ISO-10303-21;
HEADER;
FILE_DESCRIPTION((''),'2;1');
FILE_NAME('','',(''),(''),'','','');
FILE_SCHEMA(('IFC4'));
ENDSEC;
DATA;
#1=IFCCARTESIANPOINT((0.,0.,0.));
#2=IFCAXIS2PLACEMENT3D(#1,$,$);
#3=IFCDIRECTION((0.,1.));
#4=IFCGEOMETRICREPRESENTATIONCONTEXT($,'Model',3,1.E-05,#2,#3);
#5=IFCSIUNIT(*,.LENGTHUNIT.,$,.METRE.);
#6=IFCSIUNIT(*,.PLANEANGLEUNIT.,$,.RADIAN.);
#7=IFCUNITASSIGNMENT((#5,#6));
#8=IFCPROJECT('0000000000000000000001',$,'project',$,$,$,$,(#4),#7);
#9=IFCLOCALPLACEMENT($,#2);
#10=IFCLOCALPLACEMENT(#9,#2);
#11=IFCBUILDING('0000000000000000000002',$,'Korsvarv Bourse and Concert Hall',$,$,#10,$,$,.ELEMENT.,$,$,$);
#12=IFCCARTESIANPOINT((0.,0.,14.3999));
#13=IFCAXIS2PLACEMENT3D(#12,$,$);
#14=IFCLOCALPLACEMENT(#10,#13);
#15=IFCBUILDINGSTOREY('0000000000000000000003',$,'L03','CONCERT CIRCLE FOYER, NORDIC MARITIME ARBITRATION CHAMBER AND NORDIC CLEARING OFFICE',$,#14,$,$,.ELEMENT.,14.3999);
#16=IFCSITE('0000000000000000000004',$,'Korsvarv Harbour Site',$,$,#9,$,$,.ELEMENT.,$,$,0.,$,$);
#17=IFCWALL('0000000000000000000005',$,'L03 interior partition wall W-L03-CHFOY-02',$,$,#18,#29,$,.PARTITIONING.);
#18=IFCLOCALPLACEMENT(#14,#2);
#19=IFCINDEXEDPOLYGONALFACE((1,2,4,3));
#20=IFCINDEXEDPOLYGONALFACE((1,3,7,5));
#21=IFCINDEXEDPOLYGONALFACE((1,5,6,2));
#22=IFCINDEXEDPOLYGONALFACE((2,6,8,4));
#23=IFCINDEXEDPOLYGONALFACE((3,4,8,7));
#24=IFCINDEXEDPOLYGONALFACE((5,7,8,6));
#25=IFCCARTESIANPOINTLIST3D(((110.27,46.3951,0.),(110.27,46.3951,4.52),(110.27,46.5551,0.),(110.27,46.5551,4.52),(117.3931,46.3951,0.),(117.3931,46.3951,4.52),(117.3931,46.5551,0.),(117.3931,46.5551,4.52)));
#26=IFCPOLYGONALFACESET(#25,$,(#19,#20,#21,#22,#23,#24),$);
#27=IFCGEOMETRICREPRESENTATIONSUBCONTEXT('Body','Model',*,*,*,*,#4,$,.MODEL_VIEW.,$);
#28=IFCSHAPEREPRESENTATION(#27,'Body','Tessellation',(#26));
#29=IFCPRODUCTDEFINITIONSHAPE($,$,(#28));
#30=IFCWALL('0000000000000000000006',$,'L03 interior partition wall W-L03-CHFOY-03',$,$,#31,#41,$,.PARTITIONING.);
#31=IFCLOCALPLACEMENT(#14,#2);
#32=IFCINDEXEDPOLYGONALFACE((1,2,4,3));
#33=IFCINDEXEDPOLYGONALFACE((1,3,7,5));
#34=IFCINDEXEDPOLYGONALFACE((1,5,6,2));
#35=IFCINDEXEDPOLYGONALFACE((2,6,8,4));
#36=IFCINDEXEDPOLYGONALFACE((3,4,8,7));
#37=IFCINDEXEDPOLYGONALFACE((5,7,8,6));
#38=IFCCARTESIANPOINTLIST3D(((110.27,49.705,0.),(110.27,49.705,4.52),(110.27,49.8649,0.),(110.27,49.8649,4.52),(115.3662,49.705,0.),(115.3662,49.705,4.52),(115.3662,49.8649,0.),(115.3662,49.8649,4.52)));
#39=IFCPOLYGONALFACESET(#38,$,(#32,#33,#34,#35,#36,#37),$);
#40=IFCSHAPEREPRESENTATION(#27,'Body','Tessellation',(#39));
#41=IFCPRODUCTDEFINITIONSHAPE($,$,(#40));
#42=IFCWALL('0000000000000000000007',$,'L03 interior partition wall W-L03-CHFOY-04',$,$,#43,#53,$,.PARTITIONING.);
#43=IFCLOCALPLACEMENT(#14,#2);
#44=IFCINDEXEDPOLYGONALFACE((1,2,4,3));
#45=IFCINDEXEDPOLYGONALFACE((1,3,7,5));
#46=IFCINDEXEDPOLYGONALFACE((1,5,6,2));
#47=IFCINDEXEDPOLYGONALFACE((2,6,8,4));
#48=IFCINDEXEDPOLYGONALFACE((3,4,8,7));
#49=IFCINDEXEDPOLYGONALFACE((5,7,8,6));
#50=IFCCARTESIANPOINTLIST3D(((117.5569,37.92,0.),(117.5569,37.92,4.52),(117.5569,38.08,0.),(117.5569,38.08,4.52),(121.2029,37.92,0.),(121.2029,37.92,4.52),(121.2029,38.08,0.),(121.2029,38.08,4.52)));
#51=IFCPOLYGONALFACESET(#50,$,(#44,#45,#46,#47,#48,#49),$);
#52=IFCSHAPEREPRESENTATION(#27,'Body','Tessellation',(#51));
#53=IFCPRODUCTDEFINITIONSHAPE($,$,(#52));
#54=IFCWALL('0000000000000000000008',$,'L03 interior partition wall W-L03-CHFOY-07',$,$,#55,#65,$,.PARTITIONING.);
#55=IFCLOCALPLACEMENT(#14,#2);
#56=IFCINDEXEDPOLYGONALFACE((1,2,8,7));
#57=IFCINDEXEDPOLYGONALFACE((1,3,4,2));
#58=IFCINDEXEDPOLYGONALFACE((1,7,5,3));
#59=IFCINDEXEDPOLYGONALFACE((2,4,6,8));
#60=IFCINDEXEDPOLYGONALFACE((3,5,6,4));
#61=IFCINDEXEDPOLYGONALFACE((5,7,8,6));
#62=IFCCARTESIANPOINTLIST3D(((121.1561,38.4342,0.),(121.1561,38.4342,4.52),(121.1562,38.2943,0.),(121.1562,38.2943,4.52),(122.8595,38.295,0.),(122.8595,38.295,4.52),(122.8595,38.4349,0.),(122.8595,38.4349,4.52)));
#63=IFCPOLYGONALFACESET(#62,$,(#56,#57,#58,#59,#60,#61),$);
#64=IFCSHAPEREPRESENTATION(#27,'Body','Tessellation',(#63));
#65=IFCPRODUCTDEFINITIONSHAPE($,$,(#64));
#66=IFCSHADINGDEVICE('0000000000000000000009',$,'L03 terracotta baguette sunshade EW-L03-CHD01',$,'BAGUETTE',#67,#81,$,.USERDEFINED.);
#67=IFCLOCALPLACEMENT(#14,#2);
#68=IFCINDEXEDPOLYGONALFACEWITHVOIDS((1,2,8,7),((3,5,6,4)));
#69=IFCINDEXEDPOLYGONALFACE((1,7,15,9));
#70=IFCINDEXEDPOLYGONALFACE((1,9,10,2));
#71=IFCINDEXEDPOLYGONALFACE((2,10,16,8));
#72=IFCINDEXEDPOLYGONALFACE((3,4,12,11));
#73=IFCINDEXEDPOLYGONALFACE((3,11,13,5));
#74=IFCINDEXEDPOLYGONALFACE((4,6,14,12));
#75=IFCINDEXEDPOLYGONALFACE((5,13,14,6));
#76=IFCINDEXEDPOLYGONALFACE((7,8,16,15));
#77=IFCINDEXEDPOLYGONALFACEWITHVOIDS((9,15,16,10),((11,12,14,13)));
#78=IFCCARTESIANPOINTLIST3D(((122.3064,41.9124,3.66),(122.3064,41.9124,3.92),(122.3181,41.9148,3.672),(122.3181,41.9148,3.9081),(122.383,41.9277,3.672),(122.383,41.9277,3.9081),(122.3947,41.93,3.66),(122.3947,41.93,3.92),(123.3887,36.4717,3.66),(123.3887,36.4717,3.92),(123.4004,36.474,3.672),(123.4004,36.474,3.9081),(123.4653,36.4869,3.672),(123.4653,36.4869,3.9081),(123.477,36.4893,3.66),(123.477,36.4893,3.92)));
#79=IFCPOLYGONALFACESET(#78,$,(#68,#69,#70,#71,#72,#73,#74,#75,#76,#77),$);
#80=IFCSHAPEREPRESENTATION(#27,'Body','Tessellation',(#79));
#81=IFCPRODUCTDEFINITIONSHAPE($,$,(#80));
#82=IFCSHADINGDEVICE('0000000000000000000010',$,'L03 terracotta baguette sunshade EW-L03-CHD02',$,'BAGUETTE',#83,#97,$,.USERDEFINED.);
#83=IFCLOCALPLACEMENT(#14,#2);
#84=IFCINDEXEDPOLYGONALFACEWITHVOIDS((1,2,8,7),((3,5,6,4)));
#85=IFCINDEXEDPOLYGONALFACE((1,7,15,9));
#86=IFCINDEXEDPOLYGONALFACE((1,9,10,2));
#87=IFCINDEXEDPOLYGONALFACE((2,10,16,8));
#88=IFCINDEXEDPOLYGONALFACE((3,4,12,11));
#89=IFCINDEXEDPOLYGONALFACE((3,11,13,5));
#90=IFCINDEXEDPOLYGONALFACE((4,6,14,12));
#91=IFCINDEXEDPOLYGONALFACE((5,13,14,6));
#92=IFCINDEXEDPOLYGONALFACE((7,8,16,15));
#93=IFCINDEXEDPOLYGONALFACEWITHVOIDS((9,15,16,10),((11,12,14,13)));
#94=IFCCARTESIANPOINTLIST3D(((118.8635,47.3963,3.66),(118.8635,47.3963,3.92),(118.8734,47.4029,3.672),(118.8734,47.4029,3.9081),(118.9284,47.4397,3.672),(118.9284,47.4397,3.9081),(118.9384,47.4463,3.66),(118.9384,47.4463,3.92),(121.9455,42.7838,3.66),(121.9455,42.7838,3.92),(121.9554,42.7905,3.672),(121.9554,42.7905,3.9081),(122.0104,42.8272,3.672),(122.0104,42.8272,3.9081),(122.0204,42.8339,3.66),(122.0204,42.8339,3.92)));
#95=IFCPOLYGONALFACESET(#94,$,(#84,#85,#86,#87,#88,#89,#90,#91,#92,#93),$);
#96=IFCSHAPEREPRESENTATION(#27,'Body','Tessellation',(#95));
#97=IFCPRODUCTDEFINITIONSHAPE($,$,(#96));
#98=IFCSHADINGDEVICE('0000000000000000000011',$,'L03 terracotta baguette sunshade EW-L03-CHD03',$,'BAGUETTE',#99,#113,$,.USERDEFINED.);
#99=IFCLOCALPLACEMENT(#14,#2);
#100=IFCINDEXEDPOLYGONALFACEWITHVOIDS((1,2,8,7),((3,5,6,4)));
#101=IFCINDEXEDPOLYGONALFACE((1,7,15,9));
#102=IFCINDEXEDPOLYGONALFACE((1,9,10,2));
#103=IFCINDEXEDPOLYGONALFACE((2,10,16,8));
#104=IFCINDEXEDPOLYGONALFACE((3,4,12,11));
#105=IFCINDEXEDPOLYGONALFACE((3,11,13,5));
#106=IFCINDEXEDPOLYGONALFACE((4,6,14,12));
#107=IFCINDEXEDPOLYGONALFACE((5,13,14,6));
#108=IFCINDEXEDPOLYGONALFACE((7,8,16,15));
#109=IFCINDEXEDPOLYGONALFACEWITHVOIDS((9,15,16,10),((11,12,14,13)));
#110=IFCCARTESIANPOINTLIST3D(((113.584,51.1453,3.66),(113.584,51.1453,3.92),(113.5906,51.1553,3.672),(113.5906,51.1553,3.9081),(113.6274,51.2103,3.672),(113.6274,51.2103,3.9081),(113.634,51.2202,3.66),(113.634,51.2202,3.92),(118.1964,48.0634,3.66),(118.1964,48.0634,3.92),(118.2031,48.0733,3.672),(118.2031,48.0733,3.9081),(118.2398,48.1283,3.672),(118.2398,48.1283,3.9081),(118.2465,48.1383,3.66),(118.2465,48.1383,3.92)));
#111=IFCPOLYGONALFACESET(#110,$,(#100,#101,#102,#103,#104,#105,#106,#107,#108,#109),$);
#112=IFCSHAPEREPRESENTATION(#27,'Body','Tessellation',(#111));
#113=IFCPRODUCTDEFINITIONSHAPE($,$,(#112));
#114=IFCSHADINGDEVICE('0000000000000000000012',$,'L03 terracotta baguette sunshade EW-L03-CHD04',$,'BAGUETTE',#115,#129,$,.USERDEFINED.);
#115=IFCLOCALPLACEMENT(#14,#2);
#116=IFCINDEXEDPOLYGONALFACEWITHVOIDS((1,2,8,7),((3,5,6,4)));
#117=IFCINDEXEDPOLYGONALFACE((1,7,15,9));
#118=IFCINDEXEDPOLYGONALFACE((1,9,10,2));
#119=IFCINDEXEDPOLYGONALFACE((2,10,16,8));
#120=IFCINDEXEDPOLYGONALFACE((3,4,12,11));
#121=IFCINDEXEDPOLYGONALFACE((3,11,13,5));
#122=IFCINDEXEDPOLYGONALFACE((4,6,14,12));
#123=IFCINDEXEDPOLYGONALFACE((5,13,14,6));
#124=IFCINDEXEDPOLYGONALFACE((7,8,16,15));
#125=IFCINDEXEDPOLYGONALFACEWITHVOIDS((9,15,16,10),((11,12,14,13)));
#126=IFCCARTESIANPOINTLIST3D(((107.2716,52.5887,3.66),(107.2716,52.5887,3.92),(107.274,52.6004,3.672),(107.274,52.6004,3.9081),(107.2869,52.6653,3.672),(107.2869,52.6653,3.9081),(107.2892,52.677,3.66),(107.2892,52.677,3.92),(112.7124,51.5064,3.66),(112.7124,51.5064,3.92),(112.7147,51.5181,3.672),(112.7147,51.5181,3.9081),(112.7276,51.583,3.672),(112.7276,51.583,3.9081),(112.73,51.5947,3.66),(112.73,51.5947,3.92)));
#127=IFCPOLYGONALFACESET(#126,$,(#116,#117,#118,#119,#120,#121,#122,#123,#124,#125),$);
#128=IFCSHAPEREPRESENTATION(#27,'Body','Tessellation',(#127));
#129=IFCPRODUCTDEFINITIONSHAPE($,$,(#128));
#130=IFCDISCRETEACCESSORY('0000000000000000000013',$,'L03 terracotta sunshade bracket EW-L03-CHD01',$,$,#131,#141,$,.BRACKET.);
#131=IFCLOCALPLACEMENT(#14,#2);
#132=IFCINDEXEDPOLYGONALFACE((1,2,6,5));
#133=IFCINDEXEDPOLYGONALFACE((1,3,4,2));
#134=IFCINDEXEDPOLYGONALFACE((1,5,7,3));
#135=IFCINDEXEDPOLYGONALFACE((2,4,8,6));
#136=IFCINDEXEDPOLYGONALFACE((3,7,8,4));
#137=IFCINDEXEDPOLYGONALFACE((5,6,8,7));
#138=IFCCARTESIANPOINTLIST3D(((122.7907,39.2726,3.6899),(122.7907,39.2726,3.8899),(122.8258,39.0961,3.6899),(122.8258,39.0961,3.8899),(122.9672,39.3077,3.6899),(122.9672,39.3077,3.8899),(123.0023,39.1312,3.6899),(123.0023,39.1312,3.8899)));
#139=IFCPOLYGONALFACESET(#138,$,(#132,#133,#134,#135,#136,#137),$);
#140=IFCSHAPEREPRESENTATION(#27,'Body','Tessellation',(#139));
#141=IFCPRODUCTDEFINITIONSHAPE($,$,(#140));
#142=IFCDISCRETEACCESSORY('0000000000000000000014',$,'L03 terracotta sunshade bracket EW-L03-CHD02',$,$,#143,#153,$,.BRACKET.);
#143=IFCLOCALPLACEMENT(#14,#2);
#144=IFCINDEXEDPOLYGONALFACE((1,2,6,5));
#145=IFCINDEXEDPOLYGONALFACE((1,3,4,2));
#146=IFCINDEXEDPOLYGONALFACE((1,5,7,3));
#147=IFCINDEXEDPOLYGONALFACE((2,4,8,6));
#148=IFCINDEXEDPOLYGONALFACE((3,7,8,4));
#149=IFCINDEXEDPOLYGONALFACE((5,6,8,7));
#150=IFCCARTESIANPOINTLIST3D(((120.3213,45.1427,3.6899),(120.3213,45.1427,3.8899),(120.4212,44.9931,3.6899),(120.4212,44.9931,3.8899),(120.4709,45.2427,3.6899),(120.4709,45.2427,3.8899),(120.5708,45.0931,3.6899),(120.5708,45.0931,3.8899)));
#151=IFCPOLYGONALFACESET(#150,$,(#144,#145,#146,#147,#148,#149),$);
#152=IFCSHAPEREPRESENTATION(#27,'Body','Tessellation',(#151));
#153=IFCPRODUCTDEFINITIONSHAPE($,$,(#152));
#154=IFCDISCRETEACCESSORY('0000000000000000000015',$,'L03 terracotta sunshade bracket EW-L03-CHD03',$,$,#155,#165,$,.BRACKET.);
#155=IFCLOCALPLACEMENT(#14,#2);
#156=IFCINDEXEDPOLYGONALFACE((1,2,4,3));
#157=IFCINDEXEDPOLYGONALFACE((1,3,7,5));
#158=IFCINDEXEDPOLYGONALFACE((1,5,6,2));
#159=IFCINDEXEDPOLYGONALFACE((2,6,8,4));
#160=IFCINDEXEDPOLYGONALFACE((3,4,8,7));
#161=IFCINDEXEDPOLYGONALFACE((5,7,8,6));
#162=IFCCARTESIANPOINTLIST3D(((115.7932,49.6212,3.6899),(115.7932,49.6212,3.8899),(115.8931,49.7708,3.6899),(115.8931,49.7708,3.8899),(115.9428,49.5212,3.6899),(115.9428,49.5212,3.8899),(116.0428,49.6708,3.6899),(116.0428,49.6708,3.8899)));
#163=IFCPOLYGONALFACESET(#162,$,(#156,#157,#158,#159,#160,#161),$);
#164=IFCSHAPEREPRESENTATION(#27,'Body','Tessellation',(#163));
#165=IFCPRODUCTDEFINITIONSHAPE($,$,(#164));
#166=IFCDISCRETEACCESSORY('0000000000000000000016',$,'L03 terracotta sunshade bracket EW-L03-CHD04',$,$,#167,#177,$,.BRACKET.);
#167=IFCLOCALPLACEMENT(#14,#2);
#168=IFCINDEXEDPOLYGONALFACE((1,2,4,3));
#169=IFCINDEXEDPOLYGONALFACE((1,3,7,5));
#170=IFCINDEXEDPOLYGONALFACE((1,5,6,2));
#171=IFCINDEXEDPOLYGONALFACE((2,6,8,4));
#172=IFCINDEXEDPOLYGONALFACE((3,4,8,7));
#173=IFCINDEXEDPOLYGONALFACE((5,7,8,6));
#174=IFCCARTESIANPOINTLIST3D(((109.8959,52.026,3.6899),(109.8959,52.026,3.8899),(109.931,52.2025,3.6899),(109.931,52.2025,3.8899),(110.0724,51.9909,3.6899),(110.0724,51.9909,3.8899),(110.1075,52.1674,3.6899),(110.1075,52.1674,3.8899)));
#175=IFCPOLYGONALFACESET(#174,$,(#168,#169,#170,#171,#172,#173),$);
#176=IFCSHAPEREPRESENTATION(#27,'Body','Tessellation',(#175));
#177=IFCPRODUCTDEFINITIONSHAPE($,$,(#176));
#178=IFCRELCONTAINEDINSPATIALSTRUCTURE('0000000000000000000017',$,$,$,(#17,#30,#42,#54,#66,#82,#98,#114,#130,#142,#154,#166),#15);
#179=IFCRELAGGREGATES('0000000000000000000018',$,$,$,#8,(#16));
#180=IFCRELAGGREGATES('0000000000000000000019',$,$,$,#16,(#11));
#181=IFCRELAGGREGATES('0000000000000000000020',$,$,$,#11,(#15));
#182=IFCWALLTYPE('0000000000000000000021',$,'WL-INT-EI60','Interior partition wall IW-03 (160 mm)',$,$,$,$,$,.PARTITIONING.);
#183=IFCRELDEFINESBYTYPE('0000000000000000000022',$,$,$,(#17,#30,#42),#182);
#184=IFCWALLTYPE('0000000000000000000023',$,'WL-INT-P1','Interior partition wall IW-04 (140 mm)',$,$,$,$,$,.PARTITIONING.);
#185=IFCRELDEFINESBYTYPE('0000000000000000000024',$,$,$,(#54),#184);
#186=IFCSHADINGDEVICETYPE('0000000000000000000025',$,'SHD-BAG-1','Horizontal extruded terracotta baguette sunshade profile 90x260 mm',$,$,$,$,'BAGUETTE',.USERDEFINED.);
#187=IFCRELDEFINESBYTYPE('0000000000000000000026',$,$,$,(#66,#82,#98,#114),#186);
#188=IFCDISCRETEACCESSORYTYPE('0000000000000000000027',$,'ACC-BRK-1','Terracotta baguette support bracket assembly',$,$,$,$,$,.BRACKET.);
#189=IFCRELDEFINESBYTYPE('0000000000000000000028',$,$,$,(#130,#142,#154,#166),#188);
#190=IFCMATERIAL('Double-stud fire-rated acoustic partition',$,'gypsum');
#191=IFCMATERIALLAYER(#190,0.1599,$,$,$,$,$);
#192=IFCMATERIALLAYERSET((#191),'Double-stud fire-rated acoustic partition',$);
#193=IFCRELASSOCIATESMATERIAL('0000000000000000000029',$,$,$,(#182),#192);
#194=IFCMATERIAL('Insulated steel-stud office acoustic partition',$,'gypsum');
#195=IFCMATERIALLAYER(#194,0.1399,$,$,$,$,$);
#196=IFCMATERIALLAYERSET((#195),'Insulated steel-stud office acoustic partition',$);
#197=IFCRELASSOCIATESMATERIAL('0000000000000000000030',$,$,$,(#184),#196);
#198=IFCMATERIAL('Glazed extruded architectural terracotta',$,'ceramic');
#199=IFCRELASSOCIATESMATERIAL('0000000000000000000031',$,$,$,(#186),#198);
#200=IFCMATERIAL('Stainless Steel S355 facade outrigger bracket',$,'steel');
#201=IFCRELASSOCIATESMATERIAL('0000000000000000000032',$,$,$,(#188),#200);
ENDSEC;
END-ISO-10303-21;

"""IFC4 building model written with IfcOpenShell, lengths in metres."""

from ifc_helpers import new_model, si_unit, direction, frame, frame_2d, origin, origin_2d, place, context, subcontext, project, spatial, rectangle, hollow_rectangle, extrude, source, transform, mapped, material, layer, layer_set, material_profile, profile_set, type_object, element, save


model = new_model("IFC4")

# Units and contexts
model_context = context("Model", 3, precision=1e-05, world=origin(), true_north=direction((0.0, 1.0)))
body_context = subcontext(model_context, "Body", "Model", "MODEL_VIEW")
ifc_project = project(units=[si_unit("LENGTHUNIT", "METRE"), si_unit("PLANEANGLEUNIT", "RADIAN")], contexts=[model_context])

# Site, building, storey
site_placement = place(None, origin())
site = spatial("IfcSite", under=ifc_project, at=site_placement, Name="Korsvarv Harbour Site", CompositionType="ELEMENT", RefElevation=0.0)
building_placement = place(site_placement, origin())
building = spatial("IfcBuilding", under=site, at=building_placement, Name="Korsvarv Bourse and Concert Hall", CompositionType="ELEMENT")
storey_placement = place(building_placement, frame((0.0, 0.0, 14.3999)))
storey = spatial("IfcBuildingStorey", under=building, at=storey_placement, Name="L03", Description="CONCERT CIRCLE FOYER, NORDIC MARITIME ARBITRATION CHAMBER AND NORDIC CLEARING OFFICE", CompositionType="ELEMENT", Elevation=14.3999)

# Walls
ifc_material_1 = material(Name="Double-stud fire-rated acoustic partition", Category="gypsum")
ifc_layer_1 = layer(ifc_material_1, 0.1599)
ifc_layer_set_1 = layer_set([ifc_layer_1], Name="Double-stud fire-rated acoustic partition")
wall_type_1 = type_object("IfcWallType", Name="WL-INT-EI60", Description="Interior partition wall IW-03 (160 mm)", PredefinedType="PARTITIONING", material=ifc_layer_set_1)
wall_1_placement = place(storey_placement, frame((110.27, 46.4751, 0.0), z_axis=(0.0, 0.0, 1.0), x_axis=(1.0, 0.0, 0.0)))
element("IfcWall", 1, at=wall_1_placement, inside=storey, type_object=wall_type_1, Name="L03 interior partition wall W-L03-CHFOY-02", PredefinedType="PARTITIONING", context=body_context, shape_type="SweptSolid", body=[
    extrude(rectangle(XDim=7.123, YDim=0.1599, at=frame_2d((3.5615, 0.0))), origin(), (0.0, 0.0, 1.0), 4.52),
])
wall_2_placement = place(storey_placement, frame((110.27, 49.7849, 0.0), z_axis=(0.0, 0.0, 1.0), x_axis=(1.0, 0.0, 0.0)))
element("IfcWall", 2, at=wall_2_placement, inside=storey, type_object=wall_type_1, Name="L03 interior partition wall W-L03-CHFOY-03", PredefinedType="PARTITIONING", context=body_context, shape_type="SweptSolid", body=[
    extrude(rectangle(XDim=5.0962, YDim=0.1599, at=frame_2d((2.5481, 0.0))), origin(), (0.0, 0.0, 1.0), 4.52),
])
wall_3_placement = place(storey_placement, frame((117.5569, 38.0, 0.0), z_axis=(0.0, 0.0, 1.0), x_axis=(1.0, 0.0, 0.0)))
element("IfcWall", 3, at=wall_3_placement, inside=storey, type_object=wall_type_1, Name="L03 interior partition wall W-L03-CHFOY-04", PredefinedType="PARTITIONING", context=body_context, shape_type="SweptSolid", body=[
    extrude(rectangle(XDim=3.646, YDim=0.1599, at=frame_2d((1.823, 0.0))), origin(), (0.0, 0.0, 1.0), 4.52),
])
ifc_material_2 = material(Name="Insulated steel-stud office acoustic partition", Category="gypsum")
ifc_layer_2 = layer(ifc_material_2, 0.1399)
ifc_layer_set_2 = layer_set([ifc_layer_2], Name="Insulated steel-stud office acoustic partition")
wall_type_2 = type_object("IfcWallType", Name="WL-INT-P1", Description="Interior partition wall IW-04 (140 mm)", PredefinedType="PARTITIONING", material=ifc_layer_set_2)
wall_4_placement = place(storey_placement, frame((121.1562, 38.3643, 0.0), z_axis=(0.0, 0.0, 1.0), x_axis=(1.0, 0.00043, 0.0)))
element("IfcWall", 4, at=wall_4_placement, inside=storey, type_object=wall_type_2, Name="L03 interior partition wall W-L03-CHFOY-07", PredefinedType="PARTITIONING", context=body_context, shape_type="SweptSolid", body=[
    extrude(rectangle(XDim=1.7034, YDim=0.1399, at=frame_2d((0.8516, 0.0))), origin(), (0.0, 0.0, 1.0), 4.52),
])

# Shading devices
ifc_material_3 = material(Name="Glazed extruded architectural terracotta", Category="ceramic")
ifc_material_profile_1 = material_profile(ifc_material_3, hollow_rectangle(XDim=0.0901, YDim=0.26, WallThickness=0.012, at=origin_2d()), Name="TC-BAG 90x260")
ifc_profile_set_1 = profile_set([ifc_material_profile_1], Name="Glazed extruded architectural terracotta")
shading_device_type = type_object("IfcShadingDeviceType", Name="SHD-BAG-1", Description="Horizontal extruded terracotta baguette sunshade profile 90x260 mm", ElementType="BAGUETTE", PredefinedType="USERDEFINED", material=ifc_profile_set_1)
shared_shape_1 = source(origin(), body_context, "Body", "SweptSolid", [
    extrude(hollow_rectangle(XDim=0.0901, YDim=0.26, WallThickness=0.012, at=origin_2d()), origin(), (0.0, 0.0, 1.0), 5.5474),
])
for number, where, z_axis, x_axis, name in (
    (5, (123.4329, 36.4805, 3.79), (-0.1951, 0.980783, 0.0), (-0.980783, -0.1951, 0.0), "L03 terracotta baguette sunshade EW-L03-CHD01"),
    (6, (121.9829, 42.8088, 3.79), (-0.555573, 0.831468, 0.0), (-0.831468, -0.555573, 0.0), "L03 terracotta baguette sunshade EW-L03-CHD02"),
    (7, (118.2214, 48.1008, 3.79), (-0.831468, 0.555573, 0.0), (-0.555573, -0.831468, 0.0), "L03 terracotta baguette sunshade EW-L03-CHD03"),
    (8, (112.7212, 51.5505, 3.79), (-0.980783, 0.1951, 0.0), (-0.1951, -0.980783, 0.0), "L03 terracotta baguette sunshade EW-L03-CHD04"),
):
    element("IfcShadingDevice", number, at=place(storey_placement, frame(where, z_axis=z_axis, x_axis=x_axis)), inside=storey, type_object=shading_device_type, Name=name, ObjectType="BAGUETTE", PredefinedType="USERDEFINED", context=body_context, shape_type="MappedRepresentation", body=[
        mapped(shared_shape_1, transform((0.0, 0.0, 0.0), scale=1.0)),
    ])

# Discrete accessories
ifc_material_4 = material(Name="Stainless Steel S355 facade outrigger bracket", Category="steel")
discrete_accessory_type = type_object("IfcDiscreteAccessoryType", Name="ACC-BRK-1", Description="Terracotta baguette support bracket assembly", PredefinedType="BRACKET", material=ifc_material_4)
shared_shape_2 = source(origin(), body_context, "Body", "SweptSolid", [
    extrude(rectangle(XDim=0.1799, YDim=0.1799, at=origin_2d()), origin(), (0.0, 0.0, 1.0), 0.2),
])
for number, where, z_axis, x_axis, name in (
    (9, (122.8965, 39.2019, 3.6899), (0.0, 0.0, 1.0), (-0.19509, 0.980785, 0.0), "L03 terracotta sunshade bracket EW-L03-CHD01"),
    (10, (120.446, 45.1179, 3.6899), (0.0, 0.0, 1.0), (-0.55557, 0.83147, 0.0), "L03 terracotta sunshade bracket EW-L03-CHD02"),
    (11, (115.918, 49.646, 3.6899), (0.0, 0.0, 1.0), (-0.83147, 0.55557, 0.0), "L03 terracotta sunshade bracket EW-L03-CHD03"),
    (12, (110.0017, 52.0967, 3.6899), (0.0, 0.0, 1.0), (-0.980785, 0.19509, 0.0), "L03 terracotta sunshade bracket EW-L03-CHD04"),
):
    element("IfcDiscreteAccessory", number, at=place(storey_placement, frame(where, z_axis=z_axis, x_axis=x_axis)), inside=storey, type_object=discrete_accessory_type, Name=name, PredefinedType="BRACKET", context=body_context, shape_type="MappedRepresentation", body=[
        mapped(shared_shape_2, transform((0.0, 0.0, 0.0), scale=1.0)),
    ])

save(model, "model.ifc")
